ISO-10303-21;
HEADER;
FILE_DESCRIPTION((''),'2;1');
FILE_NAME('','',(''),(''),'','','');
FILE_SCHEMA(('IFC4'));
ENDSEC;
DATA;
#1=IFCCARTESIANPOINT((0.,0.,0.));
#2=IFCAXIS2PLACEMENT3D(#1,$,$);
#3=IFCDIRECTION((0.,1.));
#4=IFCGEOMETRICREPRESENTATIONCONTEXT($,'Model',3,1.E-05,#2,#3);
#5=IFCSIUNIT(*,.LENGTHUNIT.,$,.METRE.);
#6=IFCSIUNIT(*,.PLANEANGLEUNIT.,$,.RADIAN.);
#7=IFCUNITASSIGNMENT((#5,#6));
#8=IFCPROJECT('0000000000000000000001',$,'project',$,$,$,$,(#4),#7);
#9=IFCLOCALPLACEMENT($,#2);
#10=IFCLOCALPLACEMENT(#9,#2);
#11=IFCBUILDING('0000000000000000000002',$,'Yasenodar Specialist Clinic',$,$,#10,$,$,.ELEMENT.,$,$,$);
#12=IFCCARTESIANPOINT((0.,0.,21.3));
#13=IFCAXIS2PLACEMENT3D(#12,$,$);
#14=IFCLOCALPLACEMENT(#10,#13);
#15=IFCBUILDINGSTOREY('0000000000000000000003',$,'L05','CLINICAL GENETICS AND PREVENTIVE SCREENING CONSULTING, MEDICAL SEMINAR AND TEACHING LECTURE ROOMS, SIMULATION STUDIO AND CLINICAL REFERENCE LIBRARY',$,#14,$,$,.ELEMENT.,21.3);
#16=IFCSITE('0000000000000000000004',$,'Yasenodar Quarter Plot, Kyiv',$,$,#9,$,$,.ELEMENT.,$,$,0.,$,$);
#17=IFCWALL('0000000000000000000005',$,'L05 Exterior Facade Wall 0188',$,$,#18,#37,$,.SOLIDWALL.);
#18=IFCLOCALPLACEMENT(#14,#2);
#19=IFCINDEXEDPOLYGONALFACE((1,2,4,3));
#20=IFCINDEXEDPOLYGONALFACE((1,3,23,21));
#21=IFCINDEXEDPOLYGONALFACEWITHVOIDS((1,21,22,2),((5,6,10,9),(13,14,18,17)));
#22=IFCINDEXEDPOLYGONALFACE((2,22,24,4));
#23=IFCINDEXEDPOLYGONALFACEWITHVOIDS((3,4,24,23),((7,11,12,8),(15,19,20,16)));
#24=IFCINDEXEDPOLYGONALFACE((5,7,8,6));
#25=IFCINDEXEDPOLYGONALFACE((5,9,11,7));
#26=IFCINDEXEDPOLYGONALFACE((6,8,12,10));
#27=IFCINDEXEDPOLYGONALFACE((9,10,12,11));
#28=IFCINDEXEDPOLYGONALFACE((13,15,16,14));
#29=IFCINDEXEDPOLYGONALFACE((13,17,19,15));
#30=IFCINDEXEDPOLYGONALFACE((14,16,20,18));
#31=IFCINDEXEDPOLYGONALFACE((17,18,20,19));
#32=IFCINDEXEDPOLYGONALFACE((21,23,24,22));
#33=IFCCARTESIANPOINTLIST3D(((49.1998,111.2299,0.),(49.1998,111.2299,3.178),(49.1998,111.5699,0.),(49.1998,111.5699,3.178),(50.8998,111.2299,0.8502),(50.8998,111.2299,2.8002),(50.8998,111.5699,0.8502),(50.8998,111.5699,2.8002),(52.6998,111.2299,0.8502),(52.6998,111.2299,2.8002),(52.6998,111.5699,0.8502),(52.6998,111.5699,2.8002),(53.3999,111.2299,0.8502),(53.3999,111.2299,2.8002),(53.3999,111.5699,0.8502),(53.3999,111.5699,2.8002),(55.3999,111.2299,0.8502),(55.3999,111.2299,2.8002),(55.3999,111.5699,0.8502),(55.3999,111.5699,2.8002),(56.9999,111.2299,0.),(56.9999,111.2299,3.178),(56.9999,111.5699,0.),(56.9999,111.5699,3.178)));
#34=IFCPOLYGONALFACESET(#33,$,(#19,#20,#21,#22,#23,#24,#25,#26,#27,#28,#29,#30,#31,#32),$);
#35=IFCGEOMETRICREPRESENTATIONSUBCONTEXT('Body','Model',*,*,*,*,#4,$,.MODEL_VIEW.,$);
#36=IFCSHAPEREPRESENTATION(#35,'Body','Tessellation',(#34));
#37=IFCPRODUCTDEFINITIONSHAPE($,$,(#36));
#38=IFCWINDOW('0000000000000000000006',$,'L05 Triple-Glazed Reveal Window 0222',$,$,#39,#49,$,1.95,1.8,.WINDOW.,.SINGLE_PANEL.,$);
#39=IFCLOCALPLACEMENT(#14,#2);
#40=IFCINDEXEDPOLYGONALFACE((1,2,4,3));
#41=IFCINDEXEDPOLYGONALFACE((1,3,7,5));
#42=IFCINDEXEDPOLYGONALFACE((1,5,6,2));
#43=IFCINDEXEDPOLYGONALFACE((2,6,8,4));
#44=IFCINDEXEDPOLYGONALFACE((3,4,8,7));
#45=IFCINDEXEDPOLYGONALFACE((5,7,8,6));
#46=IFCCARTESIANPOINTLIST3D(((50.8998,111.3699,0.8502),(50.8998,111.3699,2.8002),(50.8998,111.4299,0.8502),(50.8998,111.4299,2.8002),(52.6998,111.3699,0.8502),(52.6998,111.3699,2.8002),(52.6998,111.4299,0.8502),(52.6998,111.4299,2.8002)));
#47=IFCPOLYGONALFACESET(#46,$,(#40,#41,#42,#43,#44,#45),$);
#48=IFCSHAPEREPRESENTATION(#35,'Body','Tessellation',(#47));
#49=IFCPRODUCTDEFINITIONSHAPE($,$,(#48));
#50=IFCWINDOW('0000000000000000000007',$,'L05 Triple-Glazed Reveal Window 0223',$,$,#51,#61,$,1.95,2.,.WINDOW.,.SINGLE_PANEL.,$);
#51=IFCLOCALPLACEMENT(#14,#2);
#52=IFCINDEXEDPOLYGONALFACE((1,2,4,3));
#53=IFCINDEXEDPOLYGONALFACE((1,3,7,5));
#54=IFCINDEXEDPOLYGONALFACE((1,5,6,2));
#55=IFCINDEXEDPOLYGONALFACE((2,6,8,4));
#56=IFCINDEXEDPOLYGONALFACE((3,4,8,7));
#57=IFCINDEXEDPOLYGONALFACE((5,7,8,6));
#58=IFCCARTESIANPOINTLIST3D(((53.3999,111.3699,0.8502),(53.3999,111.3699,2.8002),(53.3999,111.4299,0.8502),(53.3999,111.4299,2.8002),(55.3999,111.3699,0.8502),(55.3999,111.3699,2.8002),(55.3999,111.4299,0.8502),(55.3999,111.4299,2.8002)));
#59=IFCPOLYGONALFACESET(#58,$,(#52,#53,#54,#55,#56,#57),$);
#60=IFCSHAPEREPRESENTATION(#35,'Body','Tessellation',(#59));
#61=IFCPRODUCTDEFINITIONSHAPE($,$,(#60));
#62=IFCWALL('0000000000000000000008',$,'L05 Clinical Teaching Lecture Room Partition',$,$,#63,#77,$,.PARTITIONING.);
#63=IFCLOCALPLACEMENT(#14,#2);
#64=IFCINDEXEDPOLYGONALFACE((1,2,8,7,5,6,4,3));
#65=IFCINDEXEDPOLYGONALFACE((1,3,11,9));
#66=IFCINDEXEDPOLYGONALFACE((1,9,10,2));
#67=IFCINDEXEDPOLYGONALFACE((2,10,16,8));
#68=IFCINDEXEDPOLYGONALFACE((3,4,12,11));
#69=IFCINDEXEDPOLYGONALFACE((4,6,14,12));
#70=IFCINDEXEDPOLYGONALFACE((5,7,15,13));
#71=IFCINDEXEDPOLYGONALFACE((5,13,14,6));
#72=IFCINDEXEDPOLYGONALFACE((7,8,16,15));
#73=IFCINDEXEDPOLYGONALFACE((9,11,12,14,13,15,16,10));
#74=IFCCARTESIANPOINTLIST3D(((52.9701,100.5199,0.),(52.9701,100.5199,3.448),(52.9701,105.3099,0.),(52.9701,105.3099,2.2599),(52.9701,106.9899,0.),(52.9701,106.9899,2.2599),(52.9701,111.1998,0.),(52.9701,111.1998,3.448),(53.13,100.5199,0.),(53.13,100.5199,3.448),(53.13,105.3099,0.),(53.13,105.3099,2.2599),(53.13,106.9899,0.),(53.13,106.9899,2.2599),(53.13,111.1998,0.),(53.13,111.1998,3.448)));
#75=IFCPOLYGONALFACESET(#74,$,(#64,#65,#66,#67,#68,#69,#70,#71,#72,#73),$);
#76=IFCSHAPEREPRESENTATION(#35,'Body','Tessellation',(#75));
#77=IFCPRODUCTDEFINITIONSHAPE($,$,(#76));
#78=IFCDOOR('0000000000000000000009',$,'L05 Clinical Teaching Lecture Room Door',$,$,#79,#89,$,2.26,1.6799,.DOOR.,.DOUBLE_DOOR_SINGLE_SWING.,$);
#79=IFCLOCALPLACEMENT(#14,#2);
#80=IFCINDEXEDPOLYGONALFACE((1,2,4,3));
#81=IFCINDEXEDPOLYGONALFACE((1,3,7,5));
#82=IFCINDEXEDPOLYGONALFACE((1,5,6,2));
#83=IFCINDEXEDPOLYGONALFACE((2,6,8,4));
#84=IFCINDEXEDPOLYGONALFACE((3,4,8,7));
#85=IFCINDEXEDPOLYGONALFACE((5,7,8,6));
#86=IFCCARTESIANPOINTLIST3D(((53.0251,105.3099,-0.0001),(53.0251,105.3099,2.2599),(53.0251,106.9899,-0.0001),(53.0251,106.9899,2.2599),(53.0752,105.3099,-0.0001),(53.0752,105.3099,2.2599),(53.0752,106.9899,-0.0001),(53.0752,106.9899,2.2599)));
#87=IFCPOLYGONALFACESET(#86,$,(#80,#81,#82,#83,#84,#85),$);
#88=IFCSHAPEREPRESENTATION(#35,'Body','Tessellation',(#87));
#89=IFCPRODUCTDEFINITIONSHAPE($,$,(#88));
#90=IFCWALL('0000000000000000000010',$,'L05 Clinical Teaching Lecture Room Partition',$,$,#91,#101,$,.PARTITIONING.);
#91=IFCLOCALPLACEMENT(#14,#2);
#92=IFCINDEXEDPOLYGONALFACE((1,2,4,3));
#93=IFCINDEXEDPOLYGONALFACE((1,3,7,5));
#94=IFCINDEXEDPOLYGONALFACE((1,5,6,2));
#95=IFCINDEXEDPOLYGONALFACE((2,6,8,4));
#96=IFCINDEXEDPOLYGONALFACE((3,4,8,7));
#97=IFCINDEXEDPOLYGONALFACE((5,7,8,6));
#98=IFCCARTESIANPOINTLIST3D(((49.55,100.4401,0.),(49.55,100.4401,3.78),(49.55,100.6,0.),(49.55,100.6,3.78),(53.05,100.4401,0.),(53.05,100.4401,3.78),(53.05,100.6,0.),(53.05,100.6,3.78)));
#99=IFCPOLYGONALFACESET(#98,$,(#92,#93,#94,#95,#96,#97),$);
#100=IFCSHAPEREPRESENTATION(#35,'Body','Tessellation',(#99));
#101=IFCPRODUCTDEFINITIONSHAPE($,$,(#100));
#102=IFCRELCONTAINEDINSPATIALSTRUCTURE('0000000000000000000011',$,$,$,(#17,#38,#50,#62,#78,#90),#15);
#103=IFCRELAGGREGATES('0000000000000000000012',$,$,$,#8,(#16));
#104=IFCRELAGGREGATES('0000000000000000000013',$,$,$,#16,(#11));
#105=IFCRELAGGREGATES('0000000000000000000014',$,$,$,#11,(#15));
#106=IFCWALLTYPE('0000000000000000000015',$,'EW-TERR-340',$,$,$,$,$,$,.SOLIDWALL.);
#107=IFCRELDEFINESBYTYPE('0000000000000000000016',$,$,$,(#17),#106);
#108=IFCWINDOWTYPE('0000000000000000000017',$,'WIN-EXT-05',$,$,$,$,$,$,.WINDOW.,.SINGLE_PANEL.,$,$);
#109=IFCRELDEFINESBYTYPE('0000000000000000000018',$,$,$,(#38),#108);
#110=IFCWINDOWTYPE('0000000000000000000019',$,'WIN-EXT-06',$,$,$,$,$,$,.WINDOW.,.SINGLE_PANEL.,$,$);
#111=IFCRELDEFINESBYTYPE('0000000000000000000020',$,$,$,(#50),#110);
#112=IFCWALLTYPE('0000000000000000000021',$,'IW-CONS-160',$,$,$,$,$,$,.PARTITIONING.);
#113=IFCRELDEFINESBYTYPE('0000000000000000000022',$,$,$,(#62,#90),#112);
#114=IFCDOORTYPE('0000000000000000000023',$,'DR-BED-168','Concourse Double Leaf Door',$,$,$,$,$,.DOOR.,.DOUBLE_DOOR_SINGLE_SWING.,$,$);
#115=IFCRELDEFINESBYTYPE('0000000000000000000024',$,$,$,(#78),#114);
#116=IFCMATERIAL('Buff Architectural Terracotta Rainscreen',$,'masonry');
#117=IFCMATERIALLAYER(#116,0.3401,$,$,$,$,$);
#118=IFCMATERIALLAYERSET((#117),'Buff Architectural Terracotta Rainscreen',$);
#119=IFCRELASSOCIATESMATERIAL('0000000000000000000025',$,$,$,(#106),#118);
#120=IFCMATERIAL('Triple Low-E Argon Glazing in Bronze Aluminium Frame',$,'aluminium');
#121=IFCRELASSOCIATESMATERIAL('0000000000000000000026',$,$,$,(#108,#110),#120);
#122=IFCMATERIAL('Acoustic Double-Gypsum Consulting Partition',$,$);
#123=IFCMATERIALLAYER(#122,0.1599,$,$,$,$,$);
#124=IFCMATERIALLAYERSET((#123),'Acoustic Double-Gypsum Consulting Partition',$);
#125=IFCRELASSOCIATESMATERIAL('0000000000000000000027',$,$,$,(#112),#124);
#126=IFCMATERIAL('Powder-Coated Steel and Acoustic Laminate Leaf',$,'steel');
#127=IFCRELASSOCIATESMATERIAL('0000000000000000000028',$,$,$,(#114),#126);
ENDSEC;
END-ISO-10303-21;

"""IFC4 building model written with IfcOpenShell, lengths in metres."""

from ifc_helpers import new_model, si_unit, direction, frame, frame_2d, origin, place, context, subcontext, project, spatial, rectangle, extrude, material, layer, layer_set, type_object, element, fill, save


model = new_model("IFC4")

# Units and contexts
model_context = context("Model", 3, precision=1e-05, world=origin(), true_north=direction((0.0, 1.0)))
body_context = subcontext(model_context, "Body", "Model", "MODEL_VIEW")
ifc_project = project(units=[si_unit("LENGTHUNIT", "METRE"), si_unit("PLANEANGLEUNIT", "RADIAN")], contexts=[model_context])

# Site, building, storey
site_placement = place(None, origin())
site = spatial("IfcSite", under=ifc_project, at=site_placement, Name="Yasenodar Quarter Plot, Kyiv", CompositionType="ELEMENT", RefElevation=0.0)
building_placement = place(site_placement, origin())
building = spatial("IfcBuilding", under=site, at=building_placement, Name="Yasenodar Specialist Clinic", CompositionType="ELEMENT")
storey_placement = place(building_placement, frame((0.0, 0.0, 21.3)))
storey = spatial("IfcBuildingStorey", under=building, at=storey_placement, Name="L05", Description="CLINICAL GENETICS AND PREVENTIVE SCREENING CONSULTING, MEDICAL SEMINAR AND TEACHING LECTURE ROOMS, SIMULATION STUDIO AND CLINICAL REFERENCE LIBRARY", CompositionType="ELEMENT", Elevation=21.3)

# Wall, openings, windows
ifc_material_1 = material(Name="Buff Architectural Terracotta Rainscreen", Category="masonry")
ifc_layer_1 = layer(ifc_material_1, 0.3401)
ifc_layer_set_1 = layer_set([ifc_layer_1], Name="Buff Architectural Terracotta Rainscreen")
wall_type_1 = type_object("IfcWallType", Name="EW-TERR-340", PredefinedType="SOLIDWALL", material=ifc_layer_set_1)
wall_1_placement = place(storey_placement, frame((49.2, 111.3999, 0.0), z_axis=(0.0, 0.0, 1.0), x_axis=(1.0, 0.0, 0.0)))
wall_1 = element("IfcWall", 1, at=wall_1_placement, inside=storey, type_object=wall_type_1, Name="L05 Exterior Facade Wall 0188", PredefinedType="SOLIDWALL", context=body_context, shape_type="SweptSolid", body=[
    extrude(rectangle(XDim=7.8, YDim=0.3401, at=frame_2d((3.8999, 0.0))), origin(), (0.0, 0.0, 1.0), 3.178),
])
opening_1_placement = place(wall_1_placement, frame((1.7, 0.0, 0.8501)))
opening_1 = element("IfcOpeningElement", 2, at=opening_1_placement, cuts=wall_1, PredefinedType="OPENING", context=body_context, shape_type="SweptSolid", body=[
    extrude(rectangle(XDim=1.8, YDim=1.95, at=frame_2d((0.8999, 0.9751))), frame((0.0, 0.1802, 0.0), z_axis=(0.0, -1.0, 0.0), x_axis=(1.0, 0.0, 0.0)), (0.0, 0.0, 1.0), 0.3601),
])
opening_2_placement = place(wall_1_placement, frame((4.2, 0.0, 0.8501)))
opening_2 = element("IfcOpeningElement", 3, at=opening_2_placement, cuts=wall_1, PredefinedType="OPENING", context=body_context, shape_type="SweptSolid", body=[
    extrude(rectangle(XDim=2.0, YDim=1.95, at=frame_2d((1.0, 0.9751))), frame((0.0, 0.1802, 0.0), z_axis=(0.0, -1.0, 0.0), x_axis=(1.0, 0.0, 0.0)), (0.0, 0.0, 1.0), 0.3601),
])
ifc_material_2 = material(Name="Triple Low-E Argon Glazing in Bronze Aluminium Frame", Category="aluminium")
window_type_1 = type_object("IfcWindowType", Name="WIN-EXT-05", PartitioningType="SINGLE_PANEL", PredefinedType="WINDOW", material=ifc_material_2)
window_1_placement = place(opening_1_placement, origin())
window_1 = element("IfcWindow", 4, at=window_1_placement, inside=storey, type_object=window_type_1, Name="L05 Triple-Glazed Reveal Window 0222", OverallHeight=1.95, OverallWidth=1.8, PartitioningType="SINGLE_PANEL", PredefinedType="WINDOW", context=body_context, shape_type="SweptSolid", body=[
    extrude(rectangle(XDim=1.8, YDim=1.95, at=frame_2d((0.8999, 0.9751))), frame((0.0, 0.03, 0.0), z_axis=(0.0, -1.0, 0.0), x_axis=(1.0, 0.0, 0.0)), (0.0, 0.0, 1.0), 0.0601),
])
fill(opening_1, window_1)
window_type_2 = type_object("IfcWindowType", Name="WIN-EXT-06", PartitioningType="SINGLE_PANEL", PredefinedType="WINDOW", material=ifc_material_2)
window_2_placement = place(opening_2_placement, origin())
window_2 = element("IfcWindow", 5, at=window_2_placement, inside=storey, type_object=window_type_2, Name="L05 Triple-Glazed Reveal Window 0223", OverallHeight=1.95, OverallWidth=2.0, PartitioningType="SINGLE_PANEL", PredefinedType="WINDOW", context=body_context, shape_type="SweptSolid", body=[
    extrude(rectangle(XDim=2.0, YDim=1.95, at=frame_2d((1.0, 0.9751))), frame((0.0, 0.03, 0.0), z_axis=(0.0, -1.0, 0.0), x_axis=(1.0, 0.0, 0.0)), (0.0, 0.0, 1.0), 0.0601),
])
fill(opening_2, window_2)

# Wall, opening, door
ifc_material_3 = material(Name="Acoustic Double-Gypsum Consulting Partition")
ifc_layer_2 = layer(ifc_material_3, 0.1599)
ifc_layer_set_2 = layer_set([ifc_layer_2], Name="Acoustic Double-Gypsum Consulting Partition")
wall_type_2 = type_object("IfcWallType", Name="IW-CONS-160", PredefinedType="PARTITIONING", material=ifc_layer_set_2)
wall_2_placement = place(storey_placement, frame((53.05, 100.52, 0.0), z_axis=(0.0, 0.0, 1.0), x_axis=(0.0, 1.0, 0.0)))
wall_2 = element("IfcWall", 6, at=wall_2_placement, inside=storey, type_object=wall_type_2, Name="L05 Clinical Teaching Lecture Room Partition", PredefinedType="PARTITIONING", context=body_context, shape_type="SweptSolid", body=[
    extrude(rectangle(XDim=10.6799, YDim=0.1599, at=frame_2d((5.3398, 0.0))), origin(), (0.0, 0.0, 1.0), 3.448),
])
opening_3_placement = place(wall_2_placement, frame((4.79, 0.0, 0.0)))
opening_3 = element("IfcOpeningElement", 7, at=opening_3_placement, cuts=wall_2, PredefinedType="OPENING", context=body_context, shape_type="SweptSolid", body=[
    extrude(rectangle(XDim=1.6799, YDim=2.26, at=frame_2d((0.8398, 1.1299))), frame((0.0, 0.0898, 0.0), z_axis=(0.0, -1.0, 0.0), x_axis=(1.0, 0.0, 0.0)), (0.0, 0.0, 1.0), 0.1799),
])
ifc_material_4 = material(Name="Powder-Coated Steel and Acoustic Laminate Leaf", Category="steel")
door_type = type_object("IfcDoorType", Name="DR-BED-168", Description="Concourse Double Leaf Door", OperationType="DOUBLE_DOOR_SINGLE_SWING", PredefinedType="DOOR", material=ifc_material_4)
door_placement = place(opening_3_placement, origin())
door = element("IfcDoor", 8, at=door_placement, inside=storey, type_object=door_type, Name="L05 Clinical Teaching Lecture Room Door", OperationType="DOUBLE_DOOR_SINGLE_SWING", OverallHeight=2.26, OverallWidth=1.6799, PredefinedType="DOOR", context=body_context, shape_type="SweptSolid", body=[
    extrude(rectangle(XDim=1.6799, YDim=2.26, at=frame_2d((0.8398, 1.1299))), frame((0.0, 0.0249, 0.0), z_axis=(0.0, -1.0, 0.0), x_axis=(1.0, 0.0, 0.0)), (0.0, 0.0, 1.0), 0.05),
])
fill(opening_3, door)

# Wall
wall_3_placement = place(storey_placement, frame((49.55, 100.52, 0.0), z_axis=(0.0, 0.0, 1.0), x_axis=(1.0, 0.0, 0.0)))
element("IfcWall", 9, at=wall_3_placement, inside=storey, type_object=wall_type_2, Name="L05 Clinical Teaching Lecture Room Partition", PredefinedType="PARTITIONING", context=body_context, shape_type="SweptSolid", body=[
    extrude(rectangle(XDim=3.5, YDim=0.1599, at=frame_2d((1.75, 0.0))), origin(), (0.0, 0.0, 1.0), 3.78),
])

save(model, "model.ifc")
